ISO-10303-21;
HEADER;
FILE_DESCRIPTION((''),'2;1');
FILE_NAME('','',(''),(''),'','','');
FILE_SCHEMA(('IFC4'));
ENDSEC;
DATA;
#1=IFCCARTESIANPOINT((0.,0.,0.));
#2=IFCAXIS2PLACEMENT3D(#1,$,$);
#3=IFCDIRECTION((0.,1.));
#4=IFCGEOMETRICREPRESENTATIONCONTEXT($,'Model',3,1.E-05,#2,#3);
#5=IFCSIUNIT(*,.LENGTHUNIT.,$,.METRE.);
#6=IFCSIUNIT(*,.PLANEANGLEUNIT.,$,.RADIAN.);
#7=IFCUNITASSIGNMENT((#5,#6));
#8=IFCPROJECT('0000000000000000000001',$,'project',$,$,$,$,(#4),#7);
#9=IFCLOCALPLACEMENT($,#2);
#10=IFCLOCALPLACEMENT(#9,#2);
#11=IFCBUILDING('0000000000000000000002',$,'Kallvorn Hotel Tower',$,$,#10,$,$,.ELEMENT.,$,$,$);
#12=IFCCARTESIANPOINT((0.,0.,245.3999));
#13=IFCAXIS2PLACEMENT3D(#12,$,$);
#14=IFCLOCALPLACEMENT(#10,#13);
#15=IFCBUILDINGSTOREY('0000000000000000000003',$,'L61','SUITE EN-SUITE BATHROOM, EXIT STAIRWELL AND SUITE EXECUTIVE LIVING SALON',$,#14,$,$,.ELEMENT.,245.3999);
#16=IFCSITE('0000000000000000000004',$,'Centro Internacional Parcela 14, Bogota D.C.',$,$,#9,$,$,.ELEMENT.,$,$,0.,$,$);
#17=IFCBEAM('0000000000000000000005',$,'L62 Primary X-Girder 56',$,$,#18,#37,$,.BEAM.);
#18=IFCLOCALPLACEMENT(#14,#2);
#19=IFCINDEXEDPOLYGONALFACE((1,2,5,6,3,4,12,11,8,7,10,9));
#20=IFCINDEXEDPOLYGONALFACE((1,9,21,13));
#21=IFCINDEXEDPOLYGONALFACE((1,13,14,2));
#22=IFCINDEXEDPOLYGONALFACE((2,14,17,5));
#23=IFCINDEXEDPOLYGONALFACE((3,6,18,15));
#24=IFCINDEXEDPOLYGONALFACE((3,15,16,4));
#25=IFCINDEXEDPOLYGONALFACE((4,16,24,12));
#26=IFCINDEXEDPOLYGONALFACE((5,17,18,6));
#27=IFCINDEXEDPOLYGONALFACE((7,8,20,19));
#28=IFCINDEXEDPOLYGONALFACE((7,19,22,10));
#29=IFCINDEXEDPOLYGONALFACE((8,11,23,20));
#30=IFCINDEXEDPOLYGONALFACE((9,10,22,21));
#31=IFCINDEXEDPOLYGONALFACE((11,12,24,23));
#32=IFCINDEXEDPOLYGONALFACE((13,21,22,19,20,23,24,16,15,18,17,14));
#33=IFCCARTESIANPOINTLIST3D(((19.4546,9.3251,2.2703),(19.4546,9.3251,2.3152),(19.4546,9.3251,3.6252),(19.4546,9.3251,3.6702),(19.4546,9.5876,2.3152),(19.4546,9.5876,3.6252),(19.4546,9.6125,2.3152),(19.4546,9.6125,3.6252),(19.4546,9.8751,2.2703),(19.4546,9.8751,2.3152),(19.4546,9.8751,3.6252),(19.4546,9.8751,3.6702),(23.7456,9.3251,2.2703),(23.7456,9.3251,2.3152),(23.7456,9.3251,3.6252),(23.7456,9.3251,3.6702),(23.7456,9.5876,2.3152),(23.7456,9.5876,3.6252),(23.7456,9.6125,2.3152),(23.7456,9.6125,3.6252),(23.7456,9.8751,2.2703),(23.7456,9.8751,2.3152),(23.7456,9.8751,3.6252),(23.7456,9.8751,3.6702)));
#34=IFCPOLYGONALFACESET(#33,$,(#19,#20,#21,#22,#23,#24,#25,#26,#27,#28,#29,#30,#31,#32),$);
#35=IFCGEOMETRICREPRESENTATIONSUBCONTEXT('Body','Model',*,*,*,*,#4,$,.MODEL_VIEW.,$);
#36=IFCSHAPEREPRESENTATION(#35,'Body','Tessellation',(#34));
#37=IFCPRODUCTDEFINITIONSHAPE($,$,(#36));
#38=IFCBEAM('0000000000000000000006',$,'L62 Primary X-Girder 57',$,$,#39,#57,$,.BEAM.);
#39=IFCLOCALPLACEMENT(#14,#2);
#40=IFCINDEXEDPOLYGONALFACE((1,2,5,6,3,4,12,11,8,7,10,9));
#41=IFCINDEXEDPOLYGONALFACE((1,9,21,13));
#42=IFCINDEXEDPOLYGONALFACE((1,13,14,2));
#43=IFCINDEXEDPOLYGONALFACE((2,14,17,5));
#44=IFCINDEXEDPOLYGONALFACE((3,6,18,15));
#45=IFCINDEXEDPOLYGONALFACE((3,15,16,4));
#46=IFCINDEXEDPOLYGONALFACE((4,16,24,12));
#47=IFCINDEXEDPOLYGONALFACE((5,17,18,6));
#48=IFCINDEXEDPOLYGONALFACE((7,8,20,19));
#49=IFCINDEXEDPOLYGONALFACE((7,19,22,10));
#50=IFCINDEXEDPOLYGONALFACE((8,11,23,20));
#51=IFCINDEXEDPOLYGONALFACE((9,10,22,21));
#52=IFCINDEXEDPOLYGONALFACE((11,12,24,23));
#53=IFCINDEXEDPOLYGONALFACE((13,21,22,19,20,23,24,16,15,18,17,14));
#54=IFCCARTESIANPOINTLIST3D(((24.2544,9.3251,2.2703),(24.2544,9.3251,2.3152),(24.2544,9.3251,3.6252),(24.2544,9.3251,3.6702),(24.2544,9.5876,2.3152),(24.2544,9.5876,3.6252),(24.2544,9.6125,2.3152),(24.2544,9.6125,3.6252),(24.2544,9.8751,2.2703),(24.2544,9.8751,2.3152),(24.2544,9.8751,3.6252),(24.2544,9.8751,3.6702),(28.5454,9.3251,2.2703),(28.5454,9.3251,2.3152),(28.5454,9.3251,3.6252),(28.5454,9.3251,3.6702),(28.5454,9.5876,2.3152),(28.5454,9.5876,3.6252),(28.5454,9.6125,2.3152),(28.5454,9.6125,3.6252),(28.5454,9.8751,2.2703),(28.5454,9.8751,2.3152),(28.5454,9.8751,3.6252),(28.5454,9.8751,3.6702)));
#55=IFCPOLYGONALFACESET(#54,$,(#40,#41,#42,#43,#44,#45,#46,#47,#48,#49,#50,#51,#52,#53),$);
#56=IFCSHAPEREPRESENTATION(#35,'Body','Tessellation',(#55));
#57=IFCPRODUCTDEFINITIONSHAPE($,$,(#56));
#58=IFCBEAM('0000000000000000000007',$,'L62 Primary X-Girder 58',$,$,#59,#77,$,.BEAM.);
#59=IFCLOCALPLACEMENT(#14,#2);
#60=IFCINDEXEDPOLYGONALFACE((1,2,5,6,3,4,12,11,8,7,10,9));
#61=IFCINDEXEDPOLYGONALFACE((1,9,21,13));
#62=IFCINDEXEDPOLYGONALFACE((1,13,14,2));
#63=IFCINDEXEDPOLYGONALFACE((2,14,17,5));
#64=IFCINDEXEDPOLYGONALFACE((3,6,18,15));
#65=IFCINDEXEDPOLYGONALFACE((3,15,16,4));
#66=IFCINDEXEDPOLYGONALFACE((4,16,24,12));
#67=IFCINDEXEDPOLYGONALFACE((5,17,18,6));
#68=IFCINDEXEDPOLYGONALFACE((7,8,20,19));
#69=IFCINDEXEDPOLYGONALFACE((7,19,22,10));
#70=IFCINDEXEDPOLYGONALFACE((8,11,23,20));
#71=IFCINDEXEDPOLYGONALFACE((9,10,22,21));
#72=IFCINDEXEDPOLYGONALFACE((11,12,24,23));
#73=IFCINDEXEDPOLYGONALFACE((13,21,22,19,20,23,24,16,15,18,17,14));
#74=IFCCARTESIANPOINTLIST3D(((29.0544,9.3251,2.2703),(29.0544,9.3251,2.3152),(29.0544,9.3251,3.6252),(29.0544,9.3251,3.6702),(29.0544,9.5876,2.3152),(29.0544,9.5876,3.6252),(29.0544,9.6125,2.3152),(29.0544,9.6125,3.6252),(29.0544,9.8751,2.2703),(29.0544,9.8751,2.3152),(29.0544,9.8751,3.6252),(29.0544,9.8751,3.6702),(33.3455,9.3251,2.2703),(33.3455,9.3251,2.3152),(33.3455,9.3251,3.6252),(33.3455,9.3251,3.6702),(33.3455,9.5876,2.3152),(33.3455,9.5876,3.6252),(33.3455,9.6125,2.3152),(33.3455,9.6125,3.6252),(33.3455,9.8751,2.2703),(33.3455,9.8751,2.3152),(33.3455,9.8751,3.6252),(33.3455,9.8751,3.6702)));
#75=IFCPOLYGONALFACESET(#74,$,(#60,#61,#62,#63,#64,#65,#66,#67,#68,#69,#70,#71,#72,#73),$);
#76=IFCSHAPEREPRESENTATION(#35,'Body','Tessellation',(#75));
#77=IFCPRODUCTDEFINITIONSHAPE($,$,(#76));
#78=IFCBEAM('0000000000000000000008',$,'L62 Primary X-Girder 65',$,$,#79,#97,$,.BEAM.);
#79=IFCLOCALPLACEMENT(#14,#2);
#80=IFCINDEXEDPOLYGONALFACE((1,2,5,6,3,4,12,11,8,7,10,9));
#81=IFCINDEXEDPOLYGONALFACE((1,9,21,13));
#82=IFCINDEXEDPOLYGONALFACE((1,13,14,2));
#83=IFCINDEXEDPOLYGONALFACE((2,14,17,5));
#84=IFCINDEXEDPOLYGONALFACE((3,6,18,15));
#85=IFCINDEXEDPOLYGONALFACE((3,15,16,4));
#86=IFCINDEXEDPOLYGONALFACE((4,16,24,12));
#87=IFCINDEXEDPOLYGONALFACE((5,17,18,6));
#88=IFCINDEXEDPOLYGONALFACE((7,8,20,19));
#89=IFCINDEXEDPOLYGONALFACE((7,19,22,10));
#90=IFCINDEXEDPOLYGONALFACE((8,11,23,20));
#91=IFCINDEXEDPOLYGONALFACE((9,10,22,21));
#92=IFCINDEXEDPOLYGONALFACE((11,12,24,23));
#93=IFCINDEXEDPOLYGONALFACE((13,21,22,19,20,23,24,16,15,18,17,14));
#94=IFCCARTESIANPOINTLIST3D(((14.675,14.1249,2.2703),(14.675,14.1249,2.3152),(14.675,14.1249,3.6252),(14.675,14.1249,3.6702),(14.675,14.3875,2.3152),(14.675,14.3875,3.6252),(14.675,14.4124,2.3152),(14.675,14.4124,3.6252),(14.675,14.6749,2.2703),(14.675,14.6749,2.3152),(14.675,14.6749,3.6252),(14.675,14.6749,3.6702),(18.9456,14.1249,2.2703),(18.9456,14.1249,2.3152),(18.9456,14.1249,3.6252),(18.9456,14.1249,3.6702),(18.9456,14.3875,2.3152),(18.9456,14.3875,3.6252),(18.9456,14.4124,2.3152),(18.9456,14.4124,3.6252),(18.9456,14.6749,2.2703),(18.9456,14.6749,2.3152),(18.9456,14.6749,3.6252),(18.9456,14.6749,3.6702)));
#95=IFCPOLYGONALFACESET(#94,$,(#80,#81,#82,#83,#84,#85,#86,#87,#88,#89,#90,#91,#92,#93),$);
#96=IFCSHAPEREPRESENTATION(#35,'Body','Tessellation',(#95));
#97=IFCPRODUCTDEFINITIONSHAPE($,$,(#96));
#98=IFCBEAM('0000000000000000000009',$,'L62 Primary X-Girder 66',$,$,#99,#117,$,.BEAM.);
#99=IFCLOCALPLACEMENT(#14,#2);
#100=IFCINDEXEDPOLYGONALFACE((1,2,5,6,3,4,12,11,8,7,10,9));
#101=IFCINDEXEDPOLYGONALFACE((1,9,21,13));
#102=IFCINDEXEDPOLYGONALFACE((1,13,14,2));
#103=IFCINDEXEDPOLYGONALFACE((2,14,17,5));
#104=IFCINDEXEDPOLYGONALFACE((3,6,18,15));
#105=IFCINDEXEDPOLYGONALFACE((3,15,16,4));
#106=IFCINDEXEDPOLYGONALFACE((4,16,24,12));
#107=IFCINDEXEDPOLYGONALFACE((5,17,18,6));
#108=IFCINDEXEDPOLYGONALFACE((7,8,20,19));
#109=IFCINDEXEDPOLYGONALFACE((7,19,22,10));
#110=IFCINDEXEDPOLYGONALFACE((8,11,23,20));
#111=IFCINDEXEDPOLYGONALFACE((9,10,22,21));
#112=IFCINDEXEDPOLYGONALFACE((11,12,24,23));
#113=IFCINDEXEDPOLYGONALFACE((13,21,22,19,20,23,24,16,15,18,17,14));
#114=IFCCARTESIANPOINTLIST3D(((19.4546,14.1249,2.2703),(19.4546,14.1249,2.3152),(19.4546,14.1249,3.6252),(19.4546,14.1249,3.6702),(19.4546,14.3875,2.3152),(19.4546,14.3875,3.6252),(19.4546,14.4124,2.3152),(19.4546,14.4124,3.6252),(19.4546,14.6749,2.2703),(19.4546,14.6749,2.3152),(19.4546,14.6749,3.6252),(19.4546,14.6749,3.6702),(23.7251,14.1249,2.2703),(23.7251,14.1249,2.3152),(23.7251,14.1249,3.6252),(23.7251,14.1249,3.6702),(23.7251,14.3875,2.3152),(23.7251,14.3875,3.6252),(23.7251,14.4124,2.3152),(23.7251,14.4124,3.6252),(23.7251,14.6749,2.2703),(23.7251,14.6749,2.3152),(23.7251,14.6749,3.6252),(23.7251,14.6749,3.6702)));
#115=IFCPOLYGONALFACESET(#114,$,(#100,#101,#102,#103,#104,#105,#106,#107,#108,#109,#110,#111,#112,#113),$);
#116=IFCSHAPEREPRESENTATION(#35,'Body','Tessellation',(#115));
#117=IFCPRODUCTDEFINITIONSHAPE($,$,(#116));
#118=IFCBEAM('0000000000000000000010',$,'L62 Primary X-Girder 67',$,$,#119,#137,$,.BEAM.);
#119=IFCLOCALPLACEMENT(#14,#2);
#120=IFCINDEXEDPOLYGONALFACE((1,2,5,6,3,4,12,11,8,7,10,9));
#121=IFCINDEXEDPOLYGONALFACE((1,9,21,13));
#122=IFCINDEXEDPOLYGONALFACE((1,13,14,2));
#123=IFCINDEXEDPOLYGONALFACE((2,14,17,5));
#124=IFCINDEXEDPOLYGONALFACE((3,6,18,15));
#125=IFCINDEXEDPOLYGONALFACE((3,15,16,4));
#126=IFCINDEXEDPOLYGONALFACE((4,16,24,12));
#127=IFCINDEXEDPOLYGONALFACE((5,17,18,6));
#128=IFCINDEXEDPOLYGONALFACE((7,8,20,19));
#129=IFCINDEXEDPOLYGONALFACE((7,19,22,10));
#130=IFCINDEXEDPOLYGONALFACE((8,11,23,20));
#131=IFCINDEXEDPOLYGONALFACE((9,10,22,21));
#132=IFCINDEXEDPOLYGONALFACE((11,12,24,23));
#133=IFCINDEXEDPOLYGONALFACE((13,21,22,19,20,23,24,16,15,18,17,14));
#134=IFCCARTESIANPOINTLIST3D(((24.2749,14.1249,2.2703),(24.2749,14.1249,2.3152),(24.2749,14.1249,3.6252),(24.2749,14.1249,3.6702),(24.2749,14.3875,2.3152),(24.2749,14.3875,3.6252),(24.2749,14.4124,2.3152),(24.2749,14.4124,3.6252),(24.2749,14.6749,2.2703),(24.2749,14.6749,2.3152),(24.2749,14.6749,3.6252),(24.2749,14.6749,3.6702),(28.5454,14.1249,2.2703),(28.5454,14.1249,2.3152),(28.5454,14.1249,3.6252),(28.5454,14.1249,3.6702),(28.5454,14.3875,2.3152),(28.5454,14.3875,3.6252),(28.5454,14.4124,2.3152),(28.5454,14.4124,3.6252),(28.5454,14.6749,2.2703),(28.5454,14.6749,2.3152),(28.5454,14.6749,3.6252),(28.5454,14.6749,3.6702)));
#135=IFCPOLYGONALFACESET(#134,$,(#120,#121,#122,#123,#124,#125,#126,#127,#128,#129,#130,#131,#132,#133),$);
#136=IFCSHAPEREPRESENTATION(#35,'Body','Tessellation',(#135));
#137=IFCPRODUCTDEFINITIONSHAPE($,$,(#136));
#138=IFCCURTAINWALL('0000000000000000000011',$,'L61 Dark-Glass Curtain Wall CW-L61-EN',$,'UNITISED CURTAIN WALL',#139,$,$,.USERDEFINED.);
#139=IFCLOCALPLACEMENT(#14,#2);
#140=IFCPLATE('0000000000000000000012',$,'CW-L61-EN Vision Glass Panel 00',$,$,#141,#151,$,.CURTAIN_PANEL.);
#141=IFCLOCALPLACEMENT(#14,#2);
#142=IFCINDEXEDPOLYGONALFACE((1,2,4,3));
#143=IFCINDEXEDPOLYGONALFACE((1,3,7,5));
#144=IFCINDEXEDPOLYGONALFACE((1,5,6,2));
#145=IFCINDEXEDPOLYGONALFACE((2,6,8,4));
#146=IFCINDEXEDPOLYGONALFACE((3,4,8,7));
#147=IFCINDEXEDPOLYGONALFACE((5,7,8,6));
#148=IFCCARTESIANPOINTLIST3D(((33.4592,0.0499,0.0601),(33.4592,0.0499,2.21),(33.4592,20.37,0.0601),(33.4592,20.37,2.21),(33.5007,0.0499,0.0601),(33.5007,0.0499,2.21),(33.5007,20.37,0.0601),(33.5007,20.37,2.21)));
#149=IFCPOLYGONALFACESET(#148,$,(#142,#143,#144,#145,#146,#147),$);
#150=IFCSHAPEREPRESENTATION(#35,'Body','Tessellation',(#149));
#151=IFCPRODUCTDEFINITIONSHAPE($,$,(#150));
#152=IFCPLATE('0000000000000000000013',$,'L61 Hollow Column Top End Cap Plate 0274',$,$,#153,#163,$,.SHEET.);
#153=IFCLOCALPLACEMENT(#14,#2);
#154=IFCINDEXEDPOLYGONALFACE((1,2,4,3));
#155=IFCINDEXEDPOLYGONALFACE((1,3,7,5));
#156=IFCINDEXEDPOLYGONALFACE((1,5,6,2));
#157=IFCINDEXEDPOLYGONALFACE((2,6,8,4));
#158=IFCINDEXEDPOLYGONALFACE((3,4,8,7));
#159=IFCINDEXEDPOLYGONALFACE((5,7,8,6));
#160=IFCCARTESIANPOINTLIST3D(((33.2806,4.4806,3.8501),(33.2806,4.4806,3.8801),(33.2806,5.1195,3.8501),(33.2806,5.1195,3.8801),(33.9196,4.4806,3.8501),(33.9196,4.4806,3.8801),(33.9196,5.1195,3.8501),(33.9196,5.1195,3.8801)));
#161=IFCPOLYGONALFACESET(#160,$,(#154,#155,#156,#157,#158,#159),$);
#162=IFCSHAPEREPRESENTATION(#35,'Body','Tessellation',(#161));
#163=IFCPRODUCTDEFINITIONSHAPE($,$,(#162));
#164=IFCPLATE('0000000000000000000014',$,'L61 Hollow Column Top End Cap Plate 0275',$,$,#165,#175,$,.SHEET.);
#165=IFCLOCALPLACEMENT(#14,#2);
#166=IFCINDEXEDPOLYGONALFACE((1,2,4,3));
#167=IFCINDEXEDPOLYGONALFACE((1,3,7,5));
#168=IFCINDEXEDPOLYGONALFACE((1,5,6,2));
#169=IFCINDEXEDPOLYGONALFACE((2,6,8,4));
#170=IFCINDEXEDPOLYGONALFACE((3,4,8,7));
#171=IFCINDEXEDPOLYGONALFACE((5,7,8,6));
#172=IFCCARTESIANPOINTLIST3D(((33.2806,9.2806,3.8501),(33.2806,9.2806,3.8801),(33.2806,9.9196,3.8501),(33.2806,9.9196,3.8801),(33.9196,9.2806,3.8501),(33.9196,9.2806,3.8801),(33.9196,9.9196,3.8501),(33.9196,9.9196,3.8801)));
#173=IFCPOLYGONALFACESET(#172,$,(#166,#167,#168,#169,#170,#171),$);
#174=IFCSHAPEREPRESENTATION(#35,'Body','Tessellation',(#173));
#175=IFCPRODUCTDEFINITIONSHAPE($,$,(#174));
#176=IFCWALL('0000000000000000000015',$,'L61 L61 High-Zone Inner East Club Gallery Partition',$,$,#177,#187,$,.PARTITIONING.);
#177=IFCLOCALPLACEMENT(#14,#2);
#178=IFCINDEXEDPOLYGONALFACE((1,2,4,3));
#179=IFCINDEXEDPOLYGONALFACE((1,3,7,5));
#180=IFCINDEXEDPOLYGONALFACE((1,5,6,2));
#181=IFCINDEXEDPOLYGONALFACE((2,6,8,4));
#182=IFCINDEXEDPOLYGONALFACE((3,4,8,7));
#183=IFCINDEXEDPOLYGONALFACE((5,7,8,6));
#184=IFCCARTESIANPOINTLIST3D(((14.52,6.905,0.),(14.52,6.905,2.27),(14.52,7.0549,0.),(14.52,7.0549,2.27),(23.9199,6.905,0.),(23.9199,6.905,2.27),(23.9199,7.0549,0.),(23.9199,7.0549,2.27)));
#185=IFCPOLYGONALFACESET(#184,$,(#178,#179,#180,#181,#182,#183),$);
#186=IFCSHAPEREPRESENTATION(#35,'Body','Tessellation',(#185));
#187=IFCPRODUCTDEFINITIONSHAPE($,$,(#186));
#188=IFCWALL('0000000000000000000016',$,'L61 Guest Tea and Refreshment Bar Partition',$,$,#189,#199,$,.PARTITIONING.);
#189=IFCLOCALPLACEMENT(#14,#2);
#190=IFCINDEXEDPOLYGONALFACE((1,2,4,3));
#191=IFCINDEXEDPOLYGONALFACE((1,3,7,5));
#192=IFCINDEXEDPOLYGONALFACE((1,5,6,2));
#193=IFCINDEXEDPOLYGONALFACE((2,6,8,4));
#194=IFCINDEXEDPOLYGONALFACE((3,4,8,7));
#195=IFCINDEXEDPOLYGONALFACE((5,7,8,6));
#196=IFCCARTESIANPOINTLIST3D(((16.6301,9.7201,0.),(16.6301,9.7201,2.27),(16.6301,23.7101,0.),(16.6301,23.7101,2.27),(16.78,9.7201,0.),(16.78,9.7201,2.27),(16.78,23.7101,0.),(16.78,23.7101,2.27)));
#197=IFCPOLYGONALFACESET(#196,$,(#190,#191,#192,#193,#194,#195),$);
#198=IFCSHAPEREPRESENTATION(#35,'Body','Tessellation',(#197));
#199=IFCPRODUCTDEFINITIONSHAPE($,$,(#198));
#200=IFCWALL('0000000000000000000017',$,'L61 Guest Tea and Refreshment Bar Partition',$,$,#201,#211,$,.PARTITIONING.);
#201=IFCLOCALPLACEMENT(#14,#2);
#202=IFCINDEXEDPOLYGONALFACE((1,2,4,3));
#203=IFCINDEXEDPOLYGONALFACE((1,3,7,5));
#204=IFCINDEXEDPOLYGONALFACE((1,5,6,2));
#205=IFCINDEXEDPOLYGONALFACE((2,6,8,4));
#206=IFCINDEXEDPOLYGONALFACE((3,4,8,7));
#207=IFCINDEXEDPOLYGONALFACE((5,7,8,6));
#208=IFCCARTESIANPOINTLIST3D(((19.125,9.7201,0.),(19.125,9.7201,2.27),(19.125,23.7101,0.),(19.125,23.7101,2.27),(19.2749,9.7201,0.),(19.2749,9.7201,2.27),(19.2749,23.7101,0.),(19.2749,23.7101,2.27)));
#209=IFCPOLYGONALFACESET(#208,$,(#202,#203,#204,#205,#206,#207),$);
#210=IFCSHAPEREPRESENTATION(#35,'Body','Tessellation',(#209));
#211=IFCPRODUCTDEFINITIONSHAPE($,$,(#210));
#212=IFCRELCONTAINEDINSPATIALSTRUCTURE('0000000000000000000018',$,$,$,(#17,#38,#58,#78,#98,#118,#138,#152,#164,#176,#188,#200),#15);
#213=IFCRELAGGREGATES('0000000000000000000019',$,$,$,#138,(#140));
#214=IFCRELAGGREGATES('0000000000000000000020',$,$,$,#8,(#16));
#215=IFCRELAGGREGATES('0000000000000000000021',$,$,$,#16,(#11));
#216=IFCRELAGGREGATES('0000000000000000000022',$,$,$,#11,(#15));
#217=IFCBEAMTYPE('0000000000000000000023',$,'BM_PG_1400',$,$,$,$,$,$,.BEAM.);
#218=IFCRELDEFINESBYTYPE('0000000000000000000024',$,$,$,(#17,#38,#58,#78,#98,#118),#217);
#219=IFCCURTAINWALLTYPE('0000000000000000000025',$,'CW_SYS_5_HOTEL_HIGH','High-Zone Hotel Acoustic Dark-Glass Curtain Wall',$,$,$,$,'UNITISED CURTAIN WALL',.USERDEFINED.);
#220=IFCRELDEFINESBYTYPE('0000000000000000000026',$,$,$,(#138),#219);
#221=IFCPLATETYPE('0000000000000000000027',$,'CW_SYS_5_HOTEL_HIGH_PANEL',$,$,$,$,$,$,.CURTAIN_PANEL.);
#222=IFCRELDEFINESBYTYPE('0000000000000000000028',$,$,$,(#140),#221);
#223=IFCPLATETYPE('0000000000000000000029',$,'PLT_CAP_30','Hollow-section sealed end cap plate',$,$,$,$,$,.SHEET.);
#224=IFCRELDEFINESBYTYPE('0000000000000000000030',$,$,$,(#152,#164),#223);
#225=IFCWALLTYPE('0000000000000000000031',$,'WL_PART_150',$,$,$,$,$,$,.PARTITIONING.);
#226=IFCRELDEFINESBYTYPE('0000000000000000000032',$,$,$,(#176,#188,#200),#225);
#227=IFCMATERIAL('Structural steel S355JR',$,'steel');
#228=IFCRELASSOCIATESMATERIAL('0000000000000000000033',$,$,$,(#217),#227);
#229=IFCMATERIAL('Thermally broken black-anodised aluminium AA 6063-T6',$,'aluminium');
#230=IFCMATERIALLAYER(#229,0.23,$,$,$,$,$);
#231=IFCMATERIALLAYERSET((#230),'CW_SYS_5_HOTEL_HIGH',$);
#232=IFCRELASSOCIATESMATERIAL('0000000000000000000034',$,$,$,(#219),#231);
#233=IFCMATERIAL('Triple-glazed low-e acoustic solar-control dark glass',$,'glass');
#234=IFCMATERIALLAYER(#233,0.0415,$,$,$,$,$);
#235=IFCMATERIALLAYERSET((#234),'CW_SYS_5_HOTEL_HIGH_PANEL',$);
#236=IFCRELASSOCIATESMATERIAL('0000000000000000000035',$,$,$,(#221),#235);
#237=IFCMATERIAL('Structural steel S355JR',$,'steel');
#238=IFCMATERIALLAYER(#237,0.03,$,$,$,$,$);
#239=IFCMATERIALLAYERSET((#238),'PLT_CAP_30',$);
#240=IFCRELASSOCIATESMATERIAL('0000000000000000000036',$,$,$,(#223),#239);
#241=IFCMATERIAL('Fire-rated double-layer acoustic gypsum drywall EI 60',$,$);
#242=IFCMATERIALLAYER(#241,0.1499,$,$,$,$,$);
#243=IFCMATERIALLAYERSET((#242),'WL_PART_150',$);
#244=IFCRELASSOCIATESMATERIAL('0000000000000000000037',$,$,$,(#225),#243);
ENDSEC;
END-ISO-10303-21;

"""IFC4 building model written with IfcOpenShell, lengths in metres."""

from ifc_helpers import new_model, si_unit, direction, frame, frame_2d, origin, origin_2d, place, context, subcontext, project, spatial, rectangle, i_section, extrude, material, layer, layer_set, material_profile, profile_set, type_object, element, aggregate, save


model = new_model("IFC4")

# Units and contexts
model_context = context("Model", 3, precision=1e-05, world=origin(), true_north=direction((0.0, 1.0)))
body_context = subcontext(model_context, "Body", "Model", "MODEL_VIEW")
ifc_project = project(units=[si_unit("LENGTHUNIT", "METRE"), si_unit("PLANEANGLEUNIT", "RADIAN")], contexts=[model_context])

# Site, building, storey
site_placement = place(None, origin())
site = spatial("IfcSite", under=ifc_project, at=site_placement, Name="Centro Internacional Parcela 14, Bogota D.C.", CompositionType="ELEMENT", RefElevation=0.0)
building_placement = place(site_placement, origin())
building = spatial("IfcBuilding", under=site, at=building_placement, Name="Kallvorn Hotel Tower", CompositionType="ELEMENT")
storey_placement = place(building_placement, frame((0.0, 0.0, 245.3999)))
storey = spatial("IfcBuildingStorey", under=building, at=storey_placement, Name="L61", Description="SUITE EN-SUITE BATHROOM, EXIT STAIRWELL AND SUITE EXECUTIVE LIVING SALON", CompositionType="ELEMENT", Elevation=245.3999)

# Beams
ifc_material_1 = material(Name="Structural steel S355JR", Category="steel")
ifc_material_profile_1 = material_profile(ifc_material_1, i_section(OverallWidth=0.55, OverallDepth=1.3999, WebThickness=0.0249, FlangeThickness=0.0449, at=origin_2d()), Name="PG 1400x550x25x45")
ifc_profile_set_1 = profile_set([ifc_material_profile_1], Name="Structural steel S355JR")
beam_type_1 = type_object("IfcBeamType", Name="BM_PG_1400", PredefinedType="BEAM", material=ifc_profile_set_1)
for number, where, z_axis, x_axis, name in (
    (1, (19.4546, 9.6001, 2.9702), (1.0, 0.0, 0.0), (0.0, 1.0, 0.0), "L62 Primary X-Girder 56"),
    (2, (24.2544, 9.6001, 2.9702), (1.0, 0.0, 0.0), (0.0, 1.0, 0.0), "L62 Primary X-Girder 57"),
    (3, (29.0544, 9.6001, 2.9702), (1.0, 0.0, 0.0), (0.0, 1.0, 0.0), "L62 Primary X-Girder 58"),
):
    element("IfcBeam", number, at=place(storey_placement, frame(where, z_axis=z_axis, x_axis=x_axis)), inside=storey, type_object=beam_type_1, Name=name, PredefinedType="BEAM", context=body_context, shape_type="SweptSolid", body=[
        extrude(i_section(OverallWidth=0.55, OverallDepth=1.3999, WebThickness=0.0249, FlangeThickness=0.0449, at=origin_2d()), origin(), (0.0, 0.0, 1.0), 4.291),
    ])
for number, where, z_axis, x_axis, name in (
    (4, (14.675, 14.3999, 2.9702), (1.0, 0.0, 0.0), (0.0, 1.0, 0.0), "L62 Primary X-Girder 65"),
    (5, (19.4546, 14.3999, 2.9702), (1.0, 0.0, 0.0), (0.0, 1.0, 0.0), "L62 Primary X-Girder 66"),
    (6, (24.2749, 14.3999, 2.9702), (1.0, 0.0, 0.0), (0.0, 1.0, 0.0), "L62 Primary X-Girder 67"),
):
    element("IfcBeam", number, at=place(storey_placement, frame(where, z_axis=z_axis, x_axis=x_axis)), inside=storey, type_object=beam_type_1, Name=name, PredefinedType="BEAM", context=body_context, shape_type="SweptSolid", body=[
        extrude(i_section(OverallWidth=0.55, OverallDepth=1.3999, WebThickness=0.0249, FlangeThickness=0.0449, at=origin_2d()), origin(), (0.0, 0.0, 1.0), 4.2705),
    ])

# Curtain wall, plate
ifc_material_2 = material(Name="Thermally broken black-anodised aluminium AA 6063-T6", Category="aluminium")
ifc_layer_1 = layer(ifc_material_2, 0.23)
ifc_layer_set_1 = layer_set([ifc_layer_1], Name="CW_SYS_5_HOTEL_HIGH")
curtain_wall_type = type_object("IfcCurtainWallType", Name="CW_SYS_5_HOTEL_HIGH", Description="High-Zone Hotel Acoustic Dark-Glass Curtain Wall", ElementType="UNITISED CURTAIN WALL", PredefinedType="USERDEFINED", material=ifc_layer_set_1)
curtain_wall_placement = place(storey_placement, origin())
curtain_wall = element("IfcCurtainWall", 7, at=curtain_wall_placement, inside=storey, type_object=curtain_wall_type, Name="L61 Dark-Glass Curtain Wall CW-L61-EN", ObjectType="UNITISED CURTAIN WALL", PredefinedType="USERDEFINED")
ifc_material_3 = material(Name="Triple-glazed low-e acoustic solar-control dark glass", Category="glass")
ifc_layer_2 = layer(ifc_material_3, 0.0415)
ifc_layer_set_2 = layer_set([ifc_layer_2], Name="CW_SYS_5_HOTEL_HIGH_PANEL")
plate_type_1 = type_object("IfcPlateType", Name="CW_SYS_5_HOTEL_HIGH_PANEL", PredefinedType="CURTAIN_PANEL", material=ifc_layer_set_2)
plate_placement = place(storey_placement, frame((33.48, 10.21, 0.0601), z_axis=(0.0, 0.0, 1.0), x_axis=(0.0, 1.0, 0.0)))
plate = element("IfcPlate", 8, at=plate_placement, type_object=plate_type_1, Name="CW-L61-EN Vision Glass Panel 00", PredefinedType="CURTAIN_PANEL", context=body_context, shape_type="SweptSolid", body=[
    extrude(rectangle(XDim=20.3201, YDim=0.0415, at=origin_2d()), origin(), (0.0, 0.0, 1.0), 2.1499),
])
aggregate(curtain_wall, [plate])

# Plates
ifc_material_4 = material(Name="Structural steel S355JR", Category="steel")
ifc_layer_3 = layer(ifc_material_4, 0.03)
ifc_layer_set_3 = layer_set([ifc_layer_3], Name="PLT_CAP_30")
plate_type_2 = type_object("IfcPlateType", Name="PLT_CAP_30", Description="Hollow-section sealed end cap plate", PredefinedType="SHEET", material=ifc_layer_set_3)
for number, where, z_axis, x_axis, name in (
    (9, (33.6001, 4.8, 3.8501), (0.0, 0.0, 1.0), (1.0, 0.0, 0.0), "L61 Hollow Column Top End Cap Plate 0274"),
    (10, (33.6001, 9.6001, 3.8501), (0.0, 0.0, 1.0), (1.0, 0.0, 0.0), "L61 Hollow Column Top End Cap Plate 0275"),
):
    element("IfcPlate", number, at=place(storey_placement, frame(where, z_axis=z_axis, x_axis=x_axis)), inside=storey, type_object=plate_type_2, Name=name, PredefinedType="SHEET", context=body_context, shape_type="SweptSolid", body=[
        extrude(rectangle(XDim=0.6389, YDim=0.6389, at=origin_2d()), origin(), (0.0, 0.0, 1.0), 0.03),
    ])

# Walls
ifc_material_5 = material(Name="Fire-rated double-layer acoustic gypsum drywall EI 60")
ifc_layer_4 = layer(ifc_material_5, 0.1499)
ifc_layer_set_4 = layer_set([ifc_layer_4], Name="WL_PART_150")
wall_type = type_object("IfcWallType", Name="WL_PART_150", PredefinedType="PARTITIONING", material=ifc_layer_set_4)
wall_placement = place(storey_placement, frame((14.52, 6.98, 0.0), z_axis=(0.0, 0.0, 1.0), x_axis=(1.0, 0.0, 0.0)))
element("IfcWall", 11, at=wall_placement, inside=storey, type_object=wall_type, Name="L61 L61 High-Zone Inner East Club Gallery Partition", PredefinedType="PARTITIONING", context=body_context, shape_type="SweptSolid", body=[
    extrude(rectangle(XDim=9.3999, YDim=0.1499, at=frame_2d((4.7, 0.0))), origin(), (0.0, 0.0, 1.0), 2.27),
])
for number, where, z_axis, x_axis, name in (
    (12, (16.7051, 9.72, 0.0), (0.0, 0.0, 1.0), (0.0, 1.0, 0.0), "L61 Guest Tea and Refreshment Bar Partition"),
    (13, (19.2, 9.72, 0.0), (0.0, 0.0, 1.0), (0.0, 1.0, 0.0), "L61 Guest Tea and Refreshment Bar Partition"),
):
    element("IfcWall", number, at=place(storey_placement, frame(where, z_axis=z_axis, x_axis=x_axis)), inside=storey, type_object=wall_type, Name=name, PredefinedType="PARTITIONING", context=body_context, shape_type="SweptSolid", body=[
        extrude(rectangle(XDim=13.99, YDim=0.1499, at=frame_2d((6.9951, 0.0))), origin(), (0.0, 0.0, 1.0), 2.27),
    ])

save(model, "model.ifc")
